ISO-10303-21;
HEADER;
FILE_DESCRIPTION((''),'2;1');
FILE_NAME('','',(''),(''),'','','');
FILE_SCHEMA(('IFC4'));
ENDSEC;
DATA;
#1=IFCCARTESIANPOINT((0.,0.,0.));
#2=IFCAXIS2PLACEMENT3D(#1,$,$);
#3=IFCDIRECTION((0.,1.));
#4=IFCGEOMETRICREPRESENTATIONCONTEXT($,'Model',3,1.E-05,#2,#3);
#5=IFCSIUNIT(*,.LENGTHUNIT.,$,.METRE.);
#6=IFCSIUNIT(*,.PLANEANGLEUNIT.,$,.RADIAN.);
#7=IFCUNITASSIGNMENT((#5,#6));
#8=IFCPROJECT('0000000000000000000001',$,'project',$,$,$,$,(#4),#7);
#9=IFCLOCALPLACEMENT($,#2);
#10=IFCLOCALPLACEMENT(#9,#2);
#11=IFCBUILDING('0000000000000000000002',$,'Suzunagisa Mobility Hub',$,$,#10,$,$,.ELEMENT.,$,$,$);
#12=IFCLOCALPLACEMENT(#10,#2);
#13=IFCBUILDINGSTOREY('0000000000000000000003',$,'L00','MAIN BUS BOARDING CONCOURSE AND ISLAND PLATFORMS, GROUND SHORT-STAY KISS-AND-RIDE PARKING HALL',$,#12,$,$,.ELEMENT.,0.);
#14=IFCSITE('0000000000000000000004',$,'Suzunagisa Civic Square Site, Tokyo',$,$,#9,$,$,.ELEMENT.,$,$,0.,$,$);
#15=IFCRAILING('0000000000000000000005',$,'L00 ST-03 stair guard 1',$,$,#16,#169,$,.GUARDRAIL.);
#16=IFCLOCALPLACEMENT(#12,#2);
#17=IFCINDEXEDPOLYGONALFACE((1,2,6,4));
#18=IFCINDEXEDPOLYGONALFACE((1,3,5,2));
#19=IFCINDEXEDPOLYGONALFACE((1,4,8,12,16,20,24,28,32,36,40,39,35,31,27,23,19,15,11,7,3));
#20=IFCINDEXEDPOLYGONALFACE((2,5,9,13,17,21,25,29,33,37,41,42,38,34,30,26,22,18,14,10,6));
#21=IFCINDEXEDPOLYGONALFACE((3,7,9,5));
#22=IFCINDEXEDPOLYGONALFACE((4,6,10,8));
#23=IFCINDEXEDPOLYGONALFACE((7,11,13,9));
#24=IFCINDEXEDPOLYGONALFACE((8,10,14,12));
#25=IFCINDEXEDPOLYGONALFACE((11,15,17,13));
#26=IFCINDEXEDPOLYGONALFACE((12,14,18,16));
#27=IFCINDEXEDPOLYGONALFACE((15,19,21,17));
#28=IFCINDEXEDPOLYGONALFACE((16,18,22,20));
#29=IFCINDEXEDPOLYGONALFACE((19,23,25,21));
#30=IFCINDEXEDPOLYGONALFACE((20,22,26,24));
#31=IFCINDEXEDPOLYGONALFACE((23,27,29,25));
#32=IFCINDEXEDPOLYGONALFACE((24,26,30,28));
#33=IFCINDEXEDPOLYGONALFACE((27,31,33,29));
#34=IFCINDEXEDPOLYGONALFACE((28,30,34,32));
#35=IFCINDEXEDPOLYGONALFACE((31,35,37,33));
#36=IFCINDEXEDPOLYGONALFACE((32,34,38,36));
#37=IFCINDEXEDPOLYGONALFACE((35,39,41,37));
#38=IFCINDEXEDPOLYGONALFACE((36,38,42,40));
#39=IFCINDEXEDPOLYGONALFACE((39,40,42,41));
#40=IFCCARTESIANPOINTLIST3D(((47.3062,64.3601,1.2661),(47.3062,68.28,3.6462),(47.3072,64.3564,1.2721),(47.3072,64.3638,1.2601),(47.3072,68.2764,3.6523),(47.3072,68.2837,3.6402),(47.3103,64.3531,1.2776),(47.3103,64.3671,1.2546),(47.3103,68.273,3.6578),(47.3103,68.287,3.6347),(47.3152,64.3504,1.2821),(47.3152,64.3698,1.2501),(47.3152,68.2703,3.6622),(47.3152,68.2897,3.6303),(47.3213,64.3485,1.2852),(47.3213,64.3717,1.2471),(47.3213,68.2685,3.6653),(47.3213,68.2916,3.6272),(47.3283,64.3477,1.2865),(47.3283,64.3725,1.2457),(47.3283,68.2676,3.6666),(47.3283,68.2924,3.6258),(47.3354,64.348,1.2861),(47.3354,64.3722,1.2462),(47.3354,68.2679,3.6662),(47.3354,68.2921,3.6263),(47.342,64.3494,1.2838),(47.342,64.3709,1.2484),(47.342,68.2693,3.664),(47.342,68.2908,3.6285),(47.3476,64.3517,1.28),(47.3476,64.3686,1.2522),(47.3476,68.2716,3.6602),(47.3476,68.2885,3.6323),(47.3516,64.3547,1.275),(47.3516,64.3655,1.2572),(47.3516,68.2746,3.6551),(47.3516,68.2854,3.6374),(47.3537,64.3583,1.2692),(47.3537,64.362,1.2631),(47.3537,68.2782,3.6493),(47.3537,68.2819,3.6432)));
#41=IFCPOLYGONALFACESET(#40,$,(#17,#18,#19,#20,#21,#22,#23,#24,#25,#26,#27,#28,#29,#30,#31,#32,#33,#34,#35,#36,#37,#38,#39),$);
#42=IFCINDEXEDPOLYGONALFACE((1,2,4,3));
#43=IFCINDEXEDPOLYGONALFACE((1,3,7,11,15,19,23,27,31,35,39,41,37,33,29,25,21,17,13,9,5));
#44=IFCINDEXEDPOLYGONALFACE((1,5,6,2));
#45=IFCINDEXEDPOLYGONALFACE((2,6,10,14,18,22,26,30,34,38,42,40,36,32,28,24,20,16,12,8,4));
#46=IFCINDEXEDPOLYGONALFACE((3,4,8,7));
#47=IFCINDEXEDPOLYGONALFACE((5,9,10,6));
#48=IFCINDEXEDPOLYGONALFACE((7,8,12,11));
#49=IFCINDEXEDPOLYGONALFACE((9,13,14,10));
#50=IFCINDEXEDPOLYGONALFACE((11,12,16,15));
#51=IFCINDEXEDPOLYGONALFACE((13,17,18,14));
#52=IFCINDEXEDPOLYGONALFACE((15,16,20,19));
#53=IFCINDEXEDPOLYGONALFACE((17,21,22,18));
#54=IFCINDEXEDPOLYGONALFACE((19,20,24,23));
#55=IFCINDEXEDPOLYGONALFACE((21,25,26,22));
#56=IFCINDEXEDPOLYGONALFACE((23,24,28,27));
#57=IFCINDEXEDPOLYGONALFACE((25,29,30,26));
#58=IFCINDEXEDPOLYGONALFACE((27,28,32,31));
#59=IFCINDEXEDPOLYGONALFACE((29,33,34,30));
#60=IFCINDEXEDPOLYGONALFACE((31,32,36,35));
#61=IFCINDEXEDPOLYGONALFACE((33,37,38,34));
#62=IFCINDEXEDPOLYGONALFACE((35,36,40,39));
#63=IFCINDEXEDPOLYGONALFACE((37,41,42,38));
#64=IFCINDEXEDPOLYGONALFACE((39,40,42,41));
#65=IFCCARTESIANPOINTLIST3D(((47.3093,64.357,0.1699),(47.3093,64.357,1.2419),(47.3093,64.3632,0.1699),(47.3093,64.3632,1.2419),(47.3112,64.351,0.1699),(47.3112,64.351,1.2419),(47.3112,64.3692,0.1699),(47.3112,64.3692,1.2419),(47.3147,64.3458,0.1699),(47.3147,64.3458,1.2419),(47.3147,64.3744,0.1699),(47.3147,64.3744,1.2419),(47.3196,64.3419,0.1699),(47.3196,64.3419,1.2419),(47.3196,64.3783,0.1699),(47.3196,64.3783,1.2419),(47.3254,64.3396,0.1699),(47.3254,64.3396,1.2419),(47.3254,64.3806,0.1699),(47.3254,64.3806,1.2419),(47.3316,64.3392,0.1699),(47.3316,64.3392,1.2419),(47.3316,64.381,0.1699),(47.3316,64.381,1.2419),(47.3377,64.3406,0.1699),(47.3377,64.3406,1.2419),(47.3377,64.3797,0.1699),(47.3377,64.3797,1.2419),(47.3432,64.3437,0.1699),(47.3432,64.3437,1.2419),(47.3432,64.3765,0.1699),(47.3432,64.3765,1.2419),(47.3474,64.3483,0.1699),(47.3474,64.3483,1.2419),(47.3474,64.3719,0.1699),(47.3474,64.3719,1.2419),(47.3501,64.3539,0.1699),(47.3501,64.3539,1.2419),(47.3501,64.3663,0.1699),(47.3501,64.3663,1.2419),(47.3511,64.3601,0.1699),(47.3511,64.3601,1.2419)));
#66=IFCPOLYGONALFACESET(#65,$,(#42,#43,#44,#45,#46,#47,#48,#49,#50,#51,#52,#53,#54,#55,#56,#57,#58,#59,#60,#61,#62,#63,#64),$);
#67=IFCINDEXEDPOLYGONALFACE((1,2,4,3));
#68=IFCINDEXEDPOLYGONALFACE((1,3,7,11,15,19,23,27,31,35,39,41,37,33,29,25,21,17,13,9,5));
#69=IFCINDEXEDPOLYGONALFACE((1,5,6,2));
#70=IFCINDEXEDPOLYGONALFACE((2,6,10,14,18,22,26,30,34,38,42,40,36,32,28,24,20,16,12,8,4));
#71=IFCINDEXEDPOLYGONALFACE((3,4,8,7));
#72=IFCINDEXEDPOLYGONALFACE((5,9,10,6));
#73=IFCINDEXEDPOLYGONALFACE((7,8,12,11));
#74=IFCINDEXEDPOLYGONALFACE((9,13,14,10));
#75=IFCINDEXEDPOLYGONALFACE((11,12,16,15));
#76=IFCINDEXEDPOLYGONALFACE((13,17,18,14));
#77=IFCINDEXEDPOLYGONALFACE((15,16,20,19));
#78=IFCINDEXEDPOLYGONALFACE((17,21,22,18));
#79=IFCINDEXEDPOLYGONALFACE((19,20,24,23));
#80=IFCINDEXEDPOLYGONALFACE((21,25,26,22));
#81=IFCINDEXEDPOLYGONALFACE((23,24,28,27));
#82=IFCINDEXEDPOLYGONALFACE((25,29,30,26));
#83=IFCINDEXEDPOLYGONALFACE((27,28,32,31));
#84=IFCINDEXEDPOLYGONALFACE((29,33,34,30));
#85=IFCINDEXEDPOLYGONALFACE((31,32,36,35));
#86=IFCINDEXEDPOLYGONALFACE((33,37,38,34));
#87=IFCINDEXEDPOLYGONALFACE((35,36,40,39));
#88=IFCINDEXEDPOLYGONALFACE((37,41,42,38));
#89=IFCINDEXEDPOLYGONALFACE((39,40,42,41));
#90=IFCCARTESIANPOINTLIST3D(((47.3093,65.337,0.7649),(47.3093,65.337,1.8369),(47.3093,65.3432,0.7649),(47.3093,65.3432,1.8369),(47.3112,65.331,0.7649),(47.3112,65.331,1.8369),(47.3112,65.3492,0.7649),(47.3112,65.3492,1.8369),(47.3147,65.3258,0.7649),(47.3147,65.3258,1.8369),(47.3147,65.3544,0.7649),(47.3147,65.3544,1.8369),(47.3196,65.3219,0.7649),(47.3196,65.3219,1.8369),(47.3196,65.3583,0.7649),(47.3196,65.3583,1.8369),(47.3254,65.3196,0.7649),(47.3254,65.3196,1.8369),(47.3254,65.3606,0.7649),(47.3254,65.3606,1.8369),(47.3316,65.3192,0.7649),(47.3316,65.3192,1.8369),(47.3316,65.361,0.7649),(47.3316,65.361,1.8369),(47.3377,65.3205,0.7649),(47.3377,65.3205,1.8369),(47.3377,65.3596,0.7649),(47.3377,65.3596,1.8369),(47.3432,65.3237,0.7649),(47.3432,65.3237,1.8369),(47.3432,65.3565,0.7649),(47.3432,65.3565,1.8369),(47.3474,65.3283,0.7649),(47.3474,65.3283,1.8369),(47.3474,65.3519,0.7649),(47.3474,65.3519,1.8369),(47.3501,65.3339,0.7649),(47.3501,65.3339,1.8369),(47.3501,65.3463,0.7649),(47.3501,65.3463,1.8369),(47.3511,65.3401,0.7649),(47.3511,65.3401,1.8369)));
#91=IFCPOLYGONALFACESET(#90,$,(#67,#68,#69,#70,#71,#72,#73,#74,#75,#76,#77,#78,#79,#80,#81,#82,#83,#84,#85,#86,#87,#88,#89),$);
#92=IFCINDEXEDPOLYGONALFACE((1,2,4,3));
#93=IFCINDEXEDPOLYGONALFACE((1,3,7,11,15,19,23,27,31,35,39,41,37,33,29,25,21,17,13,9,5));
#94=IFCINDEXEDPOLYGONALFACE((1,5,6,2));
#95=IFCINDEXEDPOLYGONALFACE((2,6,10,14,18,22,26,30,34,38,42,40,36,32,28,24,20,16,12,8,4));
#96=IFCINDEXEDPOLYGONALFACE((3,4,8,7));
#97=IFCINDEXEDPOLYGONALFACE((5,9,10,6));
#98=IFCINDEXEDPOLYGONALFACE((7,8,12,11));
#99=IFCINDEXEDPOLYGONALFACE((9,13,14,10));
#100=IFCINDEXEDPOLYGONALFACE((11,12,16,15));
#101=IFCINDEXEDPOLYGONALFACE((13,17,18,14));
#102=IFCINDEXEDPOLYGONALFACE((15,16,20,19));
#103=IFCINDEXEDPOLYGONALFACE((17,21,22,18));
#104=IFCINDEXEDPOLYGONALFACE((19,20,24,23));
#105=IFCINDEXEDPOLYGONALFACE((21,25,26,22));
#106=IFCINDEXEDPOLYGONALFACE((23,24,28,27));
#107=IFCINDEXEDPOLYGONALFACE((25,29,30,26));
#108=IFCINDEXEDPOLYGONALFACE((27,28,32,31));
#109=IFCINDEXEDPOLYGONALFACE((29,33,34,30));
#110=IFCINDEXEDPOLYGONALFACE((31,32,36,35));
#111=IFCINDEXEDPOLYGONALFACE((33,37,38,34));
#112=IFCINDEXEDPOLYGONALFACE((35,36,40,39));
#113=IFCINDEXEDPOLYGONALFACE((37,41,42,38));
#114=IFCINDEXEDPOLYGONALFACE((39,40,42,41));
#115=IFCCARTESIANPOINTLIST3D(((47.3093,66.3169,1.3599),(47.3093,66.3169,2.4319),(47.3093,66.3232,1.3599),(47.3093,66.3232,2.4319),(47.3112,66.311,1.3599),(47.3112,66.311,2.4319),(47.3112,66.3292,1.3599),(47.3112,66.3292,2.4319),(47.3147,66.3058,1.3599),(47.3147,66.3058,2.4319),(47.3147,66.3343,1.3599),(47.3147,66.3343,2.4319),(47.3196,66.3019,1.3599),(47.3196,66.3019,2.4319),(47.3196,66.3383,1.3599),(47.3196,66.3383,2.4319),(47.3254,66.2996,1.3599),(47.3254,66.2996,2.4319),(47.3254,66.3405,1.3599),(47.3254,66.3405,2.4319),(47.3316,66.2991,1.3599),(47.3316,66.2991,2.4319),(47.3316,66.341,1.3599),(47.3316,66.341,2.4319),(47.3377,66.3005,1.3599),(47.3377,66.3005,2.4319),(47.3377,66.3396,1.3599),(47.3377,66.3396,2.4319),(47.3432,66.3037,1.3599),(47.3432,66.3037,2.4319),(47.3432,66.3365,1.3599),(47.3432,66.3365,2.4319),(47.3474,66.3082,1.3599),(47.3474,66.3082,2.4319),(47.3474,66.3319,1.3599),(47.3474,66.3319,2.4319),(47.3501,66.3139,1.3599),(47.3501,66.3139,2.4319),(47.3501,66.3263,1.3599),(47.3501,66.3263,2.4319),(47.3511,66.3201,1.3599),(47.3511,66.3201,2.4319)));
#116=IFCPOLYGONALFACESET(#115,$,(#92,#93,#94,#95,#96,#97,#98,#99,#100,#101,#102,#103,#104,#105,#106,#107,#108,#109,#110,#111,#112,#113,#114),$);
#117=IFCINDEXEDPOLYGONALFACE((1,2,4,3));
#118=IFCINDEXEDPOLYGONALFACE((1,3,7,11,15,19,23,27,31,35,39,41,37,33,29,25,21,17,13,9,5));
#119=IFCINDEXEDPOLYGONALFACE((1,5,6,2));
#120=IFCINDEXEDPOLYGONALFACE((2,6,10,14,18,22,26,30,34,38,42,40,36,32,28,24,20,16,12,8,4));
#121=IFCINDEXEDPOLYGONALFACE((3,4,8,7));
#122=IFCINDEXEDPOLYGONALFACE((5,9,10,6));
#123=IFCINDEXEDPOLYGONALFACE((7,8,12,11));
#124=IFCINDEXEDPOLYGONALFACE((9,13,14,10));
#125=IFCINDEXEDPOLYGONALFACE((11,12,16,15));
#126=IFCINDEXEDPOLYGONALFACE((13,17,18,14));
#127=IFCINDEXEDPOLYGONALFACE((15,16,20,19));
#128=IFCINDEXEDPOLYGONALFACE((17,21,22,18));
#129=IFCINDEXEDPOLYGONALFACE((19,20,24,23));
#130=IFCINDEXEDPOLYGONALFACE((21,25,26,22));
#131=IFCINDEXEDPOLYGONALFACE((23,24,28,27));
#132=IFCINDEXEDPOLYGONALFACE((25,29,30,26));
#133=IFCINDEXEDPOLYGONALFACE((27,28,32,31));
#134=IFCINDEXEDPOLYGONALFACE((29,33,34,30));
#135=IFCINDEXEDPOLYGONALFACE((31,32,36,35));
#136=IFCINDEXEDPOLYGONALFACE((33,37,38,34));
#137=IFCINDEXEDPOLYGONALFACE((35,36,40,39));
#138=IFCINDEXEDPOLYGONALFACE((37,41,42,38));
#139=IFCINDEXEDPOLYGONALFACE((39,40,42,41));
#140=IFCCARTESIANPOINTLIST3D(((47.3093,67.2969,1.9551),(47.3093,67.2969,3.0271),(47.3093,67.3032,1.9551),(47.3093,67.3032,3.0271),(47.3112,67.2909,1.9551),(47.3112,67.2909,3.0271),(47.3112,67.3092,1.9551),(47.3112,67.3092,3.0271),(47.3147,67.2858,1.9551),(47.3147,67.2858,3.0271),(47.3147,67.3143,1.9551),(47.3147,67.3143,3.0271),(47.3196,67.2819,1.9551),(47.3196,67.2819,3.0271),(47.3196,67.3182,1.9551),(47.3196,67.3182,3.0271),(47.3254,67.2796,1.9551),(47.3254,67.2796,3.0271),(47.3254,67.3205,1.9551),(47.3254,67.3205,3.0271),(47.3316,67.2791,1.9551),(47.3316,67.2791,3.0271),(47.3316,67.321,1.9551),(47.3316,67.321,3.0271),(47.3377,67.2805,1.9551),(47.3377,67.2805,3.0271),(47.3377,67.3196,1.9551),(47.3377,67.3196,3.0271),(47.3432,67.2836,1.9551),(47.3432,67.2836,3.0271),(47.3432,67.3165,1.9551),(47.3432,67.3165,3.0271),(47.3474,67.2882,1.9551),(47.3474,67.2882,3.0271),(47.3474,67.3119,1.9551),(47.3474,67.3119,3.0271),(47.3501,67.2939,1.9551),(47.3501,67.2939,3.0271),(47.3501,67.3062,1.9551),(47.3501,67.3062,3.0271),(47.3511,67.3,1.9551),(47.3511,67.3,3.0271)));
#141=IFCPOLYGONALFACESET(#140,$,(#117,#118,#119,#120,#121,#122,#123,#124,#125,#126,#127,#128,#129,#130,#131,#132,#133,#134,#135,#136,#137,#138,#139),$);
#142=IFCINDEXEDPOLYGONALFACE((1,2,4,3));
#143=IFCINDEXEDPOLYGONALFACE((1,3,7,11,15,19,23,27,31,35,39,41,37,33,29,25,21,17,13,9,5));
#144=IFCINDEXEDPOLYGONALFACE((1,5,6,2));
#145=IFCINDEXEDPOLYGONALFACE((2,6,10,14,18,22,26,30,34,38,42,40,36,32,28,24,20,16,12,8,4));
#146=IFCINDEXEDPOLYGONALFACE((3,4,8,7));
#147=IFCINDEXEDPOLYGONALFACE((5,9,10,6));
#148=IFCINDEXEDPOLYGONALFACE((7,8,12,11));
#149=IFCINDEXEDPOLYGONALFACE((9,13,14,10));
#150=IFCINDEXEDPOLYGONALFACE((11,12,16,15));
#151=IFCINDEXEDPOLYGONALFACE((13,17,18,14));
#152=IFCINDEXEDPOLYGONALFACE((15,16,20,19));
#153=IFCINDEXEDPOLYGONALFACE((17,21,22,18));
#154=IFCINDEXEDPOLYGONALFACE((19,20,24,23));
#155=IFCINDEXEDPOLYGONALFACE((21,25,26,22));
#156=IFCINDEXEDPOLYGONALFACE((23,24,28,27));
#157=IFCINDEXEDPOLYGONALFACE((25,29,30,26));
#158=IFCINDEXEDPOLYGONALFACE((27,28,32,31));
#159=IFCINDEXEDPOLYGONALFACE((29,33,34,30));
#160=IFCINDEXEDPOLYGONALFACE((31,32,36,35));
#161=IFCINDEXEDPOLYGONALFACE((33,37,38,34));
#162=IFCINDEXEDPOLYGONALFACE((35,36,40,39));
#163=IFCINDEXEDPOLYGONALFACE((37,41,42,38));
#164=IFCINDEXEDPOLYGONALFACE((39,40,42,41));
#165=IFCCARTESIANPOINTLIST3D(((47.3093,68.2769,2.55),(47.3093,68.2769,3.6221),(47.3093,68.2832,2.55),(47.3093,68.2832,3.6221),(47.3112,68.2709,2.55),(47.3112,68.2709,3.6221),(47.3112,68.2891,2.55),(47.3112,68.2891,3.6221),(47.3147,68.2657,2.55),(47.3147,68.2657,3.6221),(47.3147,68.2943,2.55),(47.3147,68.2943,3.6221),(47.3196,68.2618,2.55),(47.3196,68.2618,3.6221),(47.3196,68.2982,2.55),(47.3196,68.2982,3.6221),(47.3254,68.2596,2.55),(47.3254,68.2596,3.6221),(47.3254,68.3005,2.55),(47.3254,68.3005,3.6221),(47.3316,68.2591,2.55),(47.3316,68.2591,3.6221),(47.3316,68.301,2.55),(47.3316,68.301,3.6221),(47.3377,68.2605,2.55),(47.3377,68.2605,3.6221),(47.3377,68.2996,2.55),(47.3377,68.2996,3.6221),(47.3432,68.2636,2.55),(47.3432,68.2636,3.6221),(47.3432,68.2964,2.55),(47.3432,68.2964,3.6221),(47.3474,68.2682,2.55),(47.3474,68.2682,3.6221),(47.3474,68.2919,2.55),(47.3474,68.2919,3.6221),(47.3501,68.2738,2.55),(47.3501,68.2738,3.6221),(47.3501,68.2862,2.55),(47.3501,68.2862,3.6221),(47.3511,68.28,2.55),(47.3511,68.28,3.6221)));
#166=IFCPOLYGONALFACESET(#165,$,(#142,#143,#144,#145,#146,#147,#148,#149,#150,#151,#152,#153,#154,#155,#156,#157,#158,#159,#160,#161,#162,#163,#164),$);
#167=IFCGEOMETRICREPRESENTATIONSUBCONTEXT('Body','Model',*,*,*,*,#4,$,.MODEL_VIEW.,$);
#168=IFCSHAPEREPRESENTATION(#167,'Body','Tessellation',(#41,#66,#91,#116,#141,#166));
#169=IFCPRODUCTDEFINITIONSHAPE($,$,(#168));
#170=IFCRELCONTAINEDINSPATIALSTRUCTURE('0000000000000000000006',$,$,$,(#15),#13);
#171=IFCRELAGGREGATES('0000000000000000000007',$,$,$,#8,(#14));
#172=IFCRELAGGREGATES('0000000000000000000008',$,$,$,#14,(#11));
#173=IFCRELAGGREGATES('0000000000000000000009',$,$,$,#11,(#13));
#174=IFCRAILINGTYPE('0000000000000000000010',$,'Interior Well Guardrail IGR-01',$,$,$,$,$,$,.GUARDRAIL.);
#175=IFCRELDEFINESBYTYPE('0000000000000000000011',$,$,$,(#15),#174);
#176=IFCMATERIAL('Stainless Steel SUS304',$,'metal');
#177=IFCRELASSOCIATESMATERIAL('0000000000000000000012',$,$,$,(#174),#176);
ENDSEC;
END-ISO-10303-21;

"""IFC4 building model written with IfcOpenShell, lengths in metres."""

from ifc_helpers import new_model, si_unit, direction, frame, origin, origin_2d, place, context, subcontext, project, spatial, circle, extrude, material, type_object, element, save


model = new_model("IFC4")

# Units and contexts
model_context = context("Model", 3, precision=1e-05, world=origin(), true_north=direction((0.0, 1.0)))
body_context = subcontext(model_context, "Body", "Model", "MODEL_VIEW")
ifc_project = project(units=[si_unit("LENGTHUNIT", "METRE"), si_unit("PLANEANGLEUNIT", "RADIAN")], contexts=[model_context])

# Site, building, storey
site_placement = place(None, origin())
site = spatial("IfcSite", under=ifc_project, at=site_placement, Name="Suzunagisa Civic Square Site, Tokyo", CompositionType="ELEMENT", RefElevation=0.0)
building_placement = place(site_placement, origin())
building = spatial("IfcBuilding", under=site, at=building_placement, Name="Suzunagisa Mobility Hub", CompositionType="ELEMENT")
storey_placement = place(building_placement, origin())
storey = spatial("IfcBuildingStorey", under=building, at=storey_placement, Name="L00", Description="MAIN BUS BOARDING CONCOURSE AND ISLAND PLATFORMS, GROUND SHORT-STAY KISS-AND-RIDE PARKING HALL", CompositionType="ELEMENT", Elevation=0.0)

# Railing
ifc_material_1 = material(Name="Stainless Steel SUS304", Category="metal")
railing_type_1 = type_object("IfcRailingType", Name="Interior Well Guardrail IGR-01", PredefinedType="GUARDRAIL", material=ifc_material_1)
railing_1_placement = place(storey_placement, frame((47.3301, 64.3601, 0.1699)))
element("IfcRailing", 1, at=railing_1_placement, inside=storey, type_object=railing_type_1, Name="L00 ST-03 stair guard 1", PredefinedType="GUARDRAIL", context=body_context, shape_type="SweptSolid", body=[
    extrude(circle(Radius=0.0239, at=origin_2d()), frame((0.0, 0.0, 1.0962), z_axis=(0.0, 0.854771, 0.519006), x_axis=(-1.0, 0.0, 0.0)), (0.0, 0.0, 1.0), 4.5859),
    extrude(circle(Radius=0.021, at=origin_2d()), origin(), (0.0, 0.0, 1.0), 1.072),
    extrude(circle(Radius=0.021, at=origin_2d()), frame((0.0, 0.98, 0.595)), (0.0, 0.0, 1.0), 1.072),
    extrude(circle(Radius=0.021, at=origin_2d()), frame((0.0, 1.96, 1.1899)), (0.0, 0.0, 1.0), 1.072),
    extrude(circle(Radius=0.021, at=origin_2d()), frame((0.0, 2.9399, 1.7852)), (0.0, 0.0, 1.0), 1.072),
    extrude(circle(Radius=0.021, at=origin_2d()), frame((0.0, 3.9199, 2.3801)), (0.0, 0.0, 1.0), 1.072),
])

save(model, "model.ifc")
